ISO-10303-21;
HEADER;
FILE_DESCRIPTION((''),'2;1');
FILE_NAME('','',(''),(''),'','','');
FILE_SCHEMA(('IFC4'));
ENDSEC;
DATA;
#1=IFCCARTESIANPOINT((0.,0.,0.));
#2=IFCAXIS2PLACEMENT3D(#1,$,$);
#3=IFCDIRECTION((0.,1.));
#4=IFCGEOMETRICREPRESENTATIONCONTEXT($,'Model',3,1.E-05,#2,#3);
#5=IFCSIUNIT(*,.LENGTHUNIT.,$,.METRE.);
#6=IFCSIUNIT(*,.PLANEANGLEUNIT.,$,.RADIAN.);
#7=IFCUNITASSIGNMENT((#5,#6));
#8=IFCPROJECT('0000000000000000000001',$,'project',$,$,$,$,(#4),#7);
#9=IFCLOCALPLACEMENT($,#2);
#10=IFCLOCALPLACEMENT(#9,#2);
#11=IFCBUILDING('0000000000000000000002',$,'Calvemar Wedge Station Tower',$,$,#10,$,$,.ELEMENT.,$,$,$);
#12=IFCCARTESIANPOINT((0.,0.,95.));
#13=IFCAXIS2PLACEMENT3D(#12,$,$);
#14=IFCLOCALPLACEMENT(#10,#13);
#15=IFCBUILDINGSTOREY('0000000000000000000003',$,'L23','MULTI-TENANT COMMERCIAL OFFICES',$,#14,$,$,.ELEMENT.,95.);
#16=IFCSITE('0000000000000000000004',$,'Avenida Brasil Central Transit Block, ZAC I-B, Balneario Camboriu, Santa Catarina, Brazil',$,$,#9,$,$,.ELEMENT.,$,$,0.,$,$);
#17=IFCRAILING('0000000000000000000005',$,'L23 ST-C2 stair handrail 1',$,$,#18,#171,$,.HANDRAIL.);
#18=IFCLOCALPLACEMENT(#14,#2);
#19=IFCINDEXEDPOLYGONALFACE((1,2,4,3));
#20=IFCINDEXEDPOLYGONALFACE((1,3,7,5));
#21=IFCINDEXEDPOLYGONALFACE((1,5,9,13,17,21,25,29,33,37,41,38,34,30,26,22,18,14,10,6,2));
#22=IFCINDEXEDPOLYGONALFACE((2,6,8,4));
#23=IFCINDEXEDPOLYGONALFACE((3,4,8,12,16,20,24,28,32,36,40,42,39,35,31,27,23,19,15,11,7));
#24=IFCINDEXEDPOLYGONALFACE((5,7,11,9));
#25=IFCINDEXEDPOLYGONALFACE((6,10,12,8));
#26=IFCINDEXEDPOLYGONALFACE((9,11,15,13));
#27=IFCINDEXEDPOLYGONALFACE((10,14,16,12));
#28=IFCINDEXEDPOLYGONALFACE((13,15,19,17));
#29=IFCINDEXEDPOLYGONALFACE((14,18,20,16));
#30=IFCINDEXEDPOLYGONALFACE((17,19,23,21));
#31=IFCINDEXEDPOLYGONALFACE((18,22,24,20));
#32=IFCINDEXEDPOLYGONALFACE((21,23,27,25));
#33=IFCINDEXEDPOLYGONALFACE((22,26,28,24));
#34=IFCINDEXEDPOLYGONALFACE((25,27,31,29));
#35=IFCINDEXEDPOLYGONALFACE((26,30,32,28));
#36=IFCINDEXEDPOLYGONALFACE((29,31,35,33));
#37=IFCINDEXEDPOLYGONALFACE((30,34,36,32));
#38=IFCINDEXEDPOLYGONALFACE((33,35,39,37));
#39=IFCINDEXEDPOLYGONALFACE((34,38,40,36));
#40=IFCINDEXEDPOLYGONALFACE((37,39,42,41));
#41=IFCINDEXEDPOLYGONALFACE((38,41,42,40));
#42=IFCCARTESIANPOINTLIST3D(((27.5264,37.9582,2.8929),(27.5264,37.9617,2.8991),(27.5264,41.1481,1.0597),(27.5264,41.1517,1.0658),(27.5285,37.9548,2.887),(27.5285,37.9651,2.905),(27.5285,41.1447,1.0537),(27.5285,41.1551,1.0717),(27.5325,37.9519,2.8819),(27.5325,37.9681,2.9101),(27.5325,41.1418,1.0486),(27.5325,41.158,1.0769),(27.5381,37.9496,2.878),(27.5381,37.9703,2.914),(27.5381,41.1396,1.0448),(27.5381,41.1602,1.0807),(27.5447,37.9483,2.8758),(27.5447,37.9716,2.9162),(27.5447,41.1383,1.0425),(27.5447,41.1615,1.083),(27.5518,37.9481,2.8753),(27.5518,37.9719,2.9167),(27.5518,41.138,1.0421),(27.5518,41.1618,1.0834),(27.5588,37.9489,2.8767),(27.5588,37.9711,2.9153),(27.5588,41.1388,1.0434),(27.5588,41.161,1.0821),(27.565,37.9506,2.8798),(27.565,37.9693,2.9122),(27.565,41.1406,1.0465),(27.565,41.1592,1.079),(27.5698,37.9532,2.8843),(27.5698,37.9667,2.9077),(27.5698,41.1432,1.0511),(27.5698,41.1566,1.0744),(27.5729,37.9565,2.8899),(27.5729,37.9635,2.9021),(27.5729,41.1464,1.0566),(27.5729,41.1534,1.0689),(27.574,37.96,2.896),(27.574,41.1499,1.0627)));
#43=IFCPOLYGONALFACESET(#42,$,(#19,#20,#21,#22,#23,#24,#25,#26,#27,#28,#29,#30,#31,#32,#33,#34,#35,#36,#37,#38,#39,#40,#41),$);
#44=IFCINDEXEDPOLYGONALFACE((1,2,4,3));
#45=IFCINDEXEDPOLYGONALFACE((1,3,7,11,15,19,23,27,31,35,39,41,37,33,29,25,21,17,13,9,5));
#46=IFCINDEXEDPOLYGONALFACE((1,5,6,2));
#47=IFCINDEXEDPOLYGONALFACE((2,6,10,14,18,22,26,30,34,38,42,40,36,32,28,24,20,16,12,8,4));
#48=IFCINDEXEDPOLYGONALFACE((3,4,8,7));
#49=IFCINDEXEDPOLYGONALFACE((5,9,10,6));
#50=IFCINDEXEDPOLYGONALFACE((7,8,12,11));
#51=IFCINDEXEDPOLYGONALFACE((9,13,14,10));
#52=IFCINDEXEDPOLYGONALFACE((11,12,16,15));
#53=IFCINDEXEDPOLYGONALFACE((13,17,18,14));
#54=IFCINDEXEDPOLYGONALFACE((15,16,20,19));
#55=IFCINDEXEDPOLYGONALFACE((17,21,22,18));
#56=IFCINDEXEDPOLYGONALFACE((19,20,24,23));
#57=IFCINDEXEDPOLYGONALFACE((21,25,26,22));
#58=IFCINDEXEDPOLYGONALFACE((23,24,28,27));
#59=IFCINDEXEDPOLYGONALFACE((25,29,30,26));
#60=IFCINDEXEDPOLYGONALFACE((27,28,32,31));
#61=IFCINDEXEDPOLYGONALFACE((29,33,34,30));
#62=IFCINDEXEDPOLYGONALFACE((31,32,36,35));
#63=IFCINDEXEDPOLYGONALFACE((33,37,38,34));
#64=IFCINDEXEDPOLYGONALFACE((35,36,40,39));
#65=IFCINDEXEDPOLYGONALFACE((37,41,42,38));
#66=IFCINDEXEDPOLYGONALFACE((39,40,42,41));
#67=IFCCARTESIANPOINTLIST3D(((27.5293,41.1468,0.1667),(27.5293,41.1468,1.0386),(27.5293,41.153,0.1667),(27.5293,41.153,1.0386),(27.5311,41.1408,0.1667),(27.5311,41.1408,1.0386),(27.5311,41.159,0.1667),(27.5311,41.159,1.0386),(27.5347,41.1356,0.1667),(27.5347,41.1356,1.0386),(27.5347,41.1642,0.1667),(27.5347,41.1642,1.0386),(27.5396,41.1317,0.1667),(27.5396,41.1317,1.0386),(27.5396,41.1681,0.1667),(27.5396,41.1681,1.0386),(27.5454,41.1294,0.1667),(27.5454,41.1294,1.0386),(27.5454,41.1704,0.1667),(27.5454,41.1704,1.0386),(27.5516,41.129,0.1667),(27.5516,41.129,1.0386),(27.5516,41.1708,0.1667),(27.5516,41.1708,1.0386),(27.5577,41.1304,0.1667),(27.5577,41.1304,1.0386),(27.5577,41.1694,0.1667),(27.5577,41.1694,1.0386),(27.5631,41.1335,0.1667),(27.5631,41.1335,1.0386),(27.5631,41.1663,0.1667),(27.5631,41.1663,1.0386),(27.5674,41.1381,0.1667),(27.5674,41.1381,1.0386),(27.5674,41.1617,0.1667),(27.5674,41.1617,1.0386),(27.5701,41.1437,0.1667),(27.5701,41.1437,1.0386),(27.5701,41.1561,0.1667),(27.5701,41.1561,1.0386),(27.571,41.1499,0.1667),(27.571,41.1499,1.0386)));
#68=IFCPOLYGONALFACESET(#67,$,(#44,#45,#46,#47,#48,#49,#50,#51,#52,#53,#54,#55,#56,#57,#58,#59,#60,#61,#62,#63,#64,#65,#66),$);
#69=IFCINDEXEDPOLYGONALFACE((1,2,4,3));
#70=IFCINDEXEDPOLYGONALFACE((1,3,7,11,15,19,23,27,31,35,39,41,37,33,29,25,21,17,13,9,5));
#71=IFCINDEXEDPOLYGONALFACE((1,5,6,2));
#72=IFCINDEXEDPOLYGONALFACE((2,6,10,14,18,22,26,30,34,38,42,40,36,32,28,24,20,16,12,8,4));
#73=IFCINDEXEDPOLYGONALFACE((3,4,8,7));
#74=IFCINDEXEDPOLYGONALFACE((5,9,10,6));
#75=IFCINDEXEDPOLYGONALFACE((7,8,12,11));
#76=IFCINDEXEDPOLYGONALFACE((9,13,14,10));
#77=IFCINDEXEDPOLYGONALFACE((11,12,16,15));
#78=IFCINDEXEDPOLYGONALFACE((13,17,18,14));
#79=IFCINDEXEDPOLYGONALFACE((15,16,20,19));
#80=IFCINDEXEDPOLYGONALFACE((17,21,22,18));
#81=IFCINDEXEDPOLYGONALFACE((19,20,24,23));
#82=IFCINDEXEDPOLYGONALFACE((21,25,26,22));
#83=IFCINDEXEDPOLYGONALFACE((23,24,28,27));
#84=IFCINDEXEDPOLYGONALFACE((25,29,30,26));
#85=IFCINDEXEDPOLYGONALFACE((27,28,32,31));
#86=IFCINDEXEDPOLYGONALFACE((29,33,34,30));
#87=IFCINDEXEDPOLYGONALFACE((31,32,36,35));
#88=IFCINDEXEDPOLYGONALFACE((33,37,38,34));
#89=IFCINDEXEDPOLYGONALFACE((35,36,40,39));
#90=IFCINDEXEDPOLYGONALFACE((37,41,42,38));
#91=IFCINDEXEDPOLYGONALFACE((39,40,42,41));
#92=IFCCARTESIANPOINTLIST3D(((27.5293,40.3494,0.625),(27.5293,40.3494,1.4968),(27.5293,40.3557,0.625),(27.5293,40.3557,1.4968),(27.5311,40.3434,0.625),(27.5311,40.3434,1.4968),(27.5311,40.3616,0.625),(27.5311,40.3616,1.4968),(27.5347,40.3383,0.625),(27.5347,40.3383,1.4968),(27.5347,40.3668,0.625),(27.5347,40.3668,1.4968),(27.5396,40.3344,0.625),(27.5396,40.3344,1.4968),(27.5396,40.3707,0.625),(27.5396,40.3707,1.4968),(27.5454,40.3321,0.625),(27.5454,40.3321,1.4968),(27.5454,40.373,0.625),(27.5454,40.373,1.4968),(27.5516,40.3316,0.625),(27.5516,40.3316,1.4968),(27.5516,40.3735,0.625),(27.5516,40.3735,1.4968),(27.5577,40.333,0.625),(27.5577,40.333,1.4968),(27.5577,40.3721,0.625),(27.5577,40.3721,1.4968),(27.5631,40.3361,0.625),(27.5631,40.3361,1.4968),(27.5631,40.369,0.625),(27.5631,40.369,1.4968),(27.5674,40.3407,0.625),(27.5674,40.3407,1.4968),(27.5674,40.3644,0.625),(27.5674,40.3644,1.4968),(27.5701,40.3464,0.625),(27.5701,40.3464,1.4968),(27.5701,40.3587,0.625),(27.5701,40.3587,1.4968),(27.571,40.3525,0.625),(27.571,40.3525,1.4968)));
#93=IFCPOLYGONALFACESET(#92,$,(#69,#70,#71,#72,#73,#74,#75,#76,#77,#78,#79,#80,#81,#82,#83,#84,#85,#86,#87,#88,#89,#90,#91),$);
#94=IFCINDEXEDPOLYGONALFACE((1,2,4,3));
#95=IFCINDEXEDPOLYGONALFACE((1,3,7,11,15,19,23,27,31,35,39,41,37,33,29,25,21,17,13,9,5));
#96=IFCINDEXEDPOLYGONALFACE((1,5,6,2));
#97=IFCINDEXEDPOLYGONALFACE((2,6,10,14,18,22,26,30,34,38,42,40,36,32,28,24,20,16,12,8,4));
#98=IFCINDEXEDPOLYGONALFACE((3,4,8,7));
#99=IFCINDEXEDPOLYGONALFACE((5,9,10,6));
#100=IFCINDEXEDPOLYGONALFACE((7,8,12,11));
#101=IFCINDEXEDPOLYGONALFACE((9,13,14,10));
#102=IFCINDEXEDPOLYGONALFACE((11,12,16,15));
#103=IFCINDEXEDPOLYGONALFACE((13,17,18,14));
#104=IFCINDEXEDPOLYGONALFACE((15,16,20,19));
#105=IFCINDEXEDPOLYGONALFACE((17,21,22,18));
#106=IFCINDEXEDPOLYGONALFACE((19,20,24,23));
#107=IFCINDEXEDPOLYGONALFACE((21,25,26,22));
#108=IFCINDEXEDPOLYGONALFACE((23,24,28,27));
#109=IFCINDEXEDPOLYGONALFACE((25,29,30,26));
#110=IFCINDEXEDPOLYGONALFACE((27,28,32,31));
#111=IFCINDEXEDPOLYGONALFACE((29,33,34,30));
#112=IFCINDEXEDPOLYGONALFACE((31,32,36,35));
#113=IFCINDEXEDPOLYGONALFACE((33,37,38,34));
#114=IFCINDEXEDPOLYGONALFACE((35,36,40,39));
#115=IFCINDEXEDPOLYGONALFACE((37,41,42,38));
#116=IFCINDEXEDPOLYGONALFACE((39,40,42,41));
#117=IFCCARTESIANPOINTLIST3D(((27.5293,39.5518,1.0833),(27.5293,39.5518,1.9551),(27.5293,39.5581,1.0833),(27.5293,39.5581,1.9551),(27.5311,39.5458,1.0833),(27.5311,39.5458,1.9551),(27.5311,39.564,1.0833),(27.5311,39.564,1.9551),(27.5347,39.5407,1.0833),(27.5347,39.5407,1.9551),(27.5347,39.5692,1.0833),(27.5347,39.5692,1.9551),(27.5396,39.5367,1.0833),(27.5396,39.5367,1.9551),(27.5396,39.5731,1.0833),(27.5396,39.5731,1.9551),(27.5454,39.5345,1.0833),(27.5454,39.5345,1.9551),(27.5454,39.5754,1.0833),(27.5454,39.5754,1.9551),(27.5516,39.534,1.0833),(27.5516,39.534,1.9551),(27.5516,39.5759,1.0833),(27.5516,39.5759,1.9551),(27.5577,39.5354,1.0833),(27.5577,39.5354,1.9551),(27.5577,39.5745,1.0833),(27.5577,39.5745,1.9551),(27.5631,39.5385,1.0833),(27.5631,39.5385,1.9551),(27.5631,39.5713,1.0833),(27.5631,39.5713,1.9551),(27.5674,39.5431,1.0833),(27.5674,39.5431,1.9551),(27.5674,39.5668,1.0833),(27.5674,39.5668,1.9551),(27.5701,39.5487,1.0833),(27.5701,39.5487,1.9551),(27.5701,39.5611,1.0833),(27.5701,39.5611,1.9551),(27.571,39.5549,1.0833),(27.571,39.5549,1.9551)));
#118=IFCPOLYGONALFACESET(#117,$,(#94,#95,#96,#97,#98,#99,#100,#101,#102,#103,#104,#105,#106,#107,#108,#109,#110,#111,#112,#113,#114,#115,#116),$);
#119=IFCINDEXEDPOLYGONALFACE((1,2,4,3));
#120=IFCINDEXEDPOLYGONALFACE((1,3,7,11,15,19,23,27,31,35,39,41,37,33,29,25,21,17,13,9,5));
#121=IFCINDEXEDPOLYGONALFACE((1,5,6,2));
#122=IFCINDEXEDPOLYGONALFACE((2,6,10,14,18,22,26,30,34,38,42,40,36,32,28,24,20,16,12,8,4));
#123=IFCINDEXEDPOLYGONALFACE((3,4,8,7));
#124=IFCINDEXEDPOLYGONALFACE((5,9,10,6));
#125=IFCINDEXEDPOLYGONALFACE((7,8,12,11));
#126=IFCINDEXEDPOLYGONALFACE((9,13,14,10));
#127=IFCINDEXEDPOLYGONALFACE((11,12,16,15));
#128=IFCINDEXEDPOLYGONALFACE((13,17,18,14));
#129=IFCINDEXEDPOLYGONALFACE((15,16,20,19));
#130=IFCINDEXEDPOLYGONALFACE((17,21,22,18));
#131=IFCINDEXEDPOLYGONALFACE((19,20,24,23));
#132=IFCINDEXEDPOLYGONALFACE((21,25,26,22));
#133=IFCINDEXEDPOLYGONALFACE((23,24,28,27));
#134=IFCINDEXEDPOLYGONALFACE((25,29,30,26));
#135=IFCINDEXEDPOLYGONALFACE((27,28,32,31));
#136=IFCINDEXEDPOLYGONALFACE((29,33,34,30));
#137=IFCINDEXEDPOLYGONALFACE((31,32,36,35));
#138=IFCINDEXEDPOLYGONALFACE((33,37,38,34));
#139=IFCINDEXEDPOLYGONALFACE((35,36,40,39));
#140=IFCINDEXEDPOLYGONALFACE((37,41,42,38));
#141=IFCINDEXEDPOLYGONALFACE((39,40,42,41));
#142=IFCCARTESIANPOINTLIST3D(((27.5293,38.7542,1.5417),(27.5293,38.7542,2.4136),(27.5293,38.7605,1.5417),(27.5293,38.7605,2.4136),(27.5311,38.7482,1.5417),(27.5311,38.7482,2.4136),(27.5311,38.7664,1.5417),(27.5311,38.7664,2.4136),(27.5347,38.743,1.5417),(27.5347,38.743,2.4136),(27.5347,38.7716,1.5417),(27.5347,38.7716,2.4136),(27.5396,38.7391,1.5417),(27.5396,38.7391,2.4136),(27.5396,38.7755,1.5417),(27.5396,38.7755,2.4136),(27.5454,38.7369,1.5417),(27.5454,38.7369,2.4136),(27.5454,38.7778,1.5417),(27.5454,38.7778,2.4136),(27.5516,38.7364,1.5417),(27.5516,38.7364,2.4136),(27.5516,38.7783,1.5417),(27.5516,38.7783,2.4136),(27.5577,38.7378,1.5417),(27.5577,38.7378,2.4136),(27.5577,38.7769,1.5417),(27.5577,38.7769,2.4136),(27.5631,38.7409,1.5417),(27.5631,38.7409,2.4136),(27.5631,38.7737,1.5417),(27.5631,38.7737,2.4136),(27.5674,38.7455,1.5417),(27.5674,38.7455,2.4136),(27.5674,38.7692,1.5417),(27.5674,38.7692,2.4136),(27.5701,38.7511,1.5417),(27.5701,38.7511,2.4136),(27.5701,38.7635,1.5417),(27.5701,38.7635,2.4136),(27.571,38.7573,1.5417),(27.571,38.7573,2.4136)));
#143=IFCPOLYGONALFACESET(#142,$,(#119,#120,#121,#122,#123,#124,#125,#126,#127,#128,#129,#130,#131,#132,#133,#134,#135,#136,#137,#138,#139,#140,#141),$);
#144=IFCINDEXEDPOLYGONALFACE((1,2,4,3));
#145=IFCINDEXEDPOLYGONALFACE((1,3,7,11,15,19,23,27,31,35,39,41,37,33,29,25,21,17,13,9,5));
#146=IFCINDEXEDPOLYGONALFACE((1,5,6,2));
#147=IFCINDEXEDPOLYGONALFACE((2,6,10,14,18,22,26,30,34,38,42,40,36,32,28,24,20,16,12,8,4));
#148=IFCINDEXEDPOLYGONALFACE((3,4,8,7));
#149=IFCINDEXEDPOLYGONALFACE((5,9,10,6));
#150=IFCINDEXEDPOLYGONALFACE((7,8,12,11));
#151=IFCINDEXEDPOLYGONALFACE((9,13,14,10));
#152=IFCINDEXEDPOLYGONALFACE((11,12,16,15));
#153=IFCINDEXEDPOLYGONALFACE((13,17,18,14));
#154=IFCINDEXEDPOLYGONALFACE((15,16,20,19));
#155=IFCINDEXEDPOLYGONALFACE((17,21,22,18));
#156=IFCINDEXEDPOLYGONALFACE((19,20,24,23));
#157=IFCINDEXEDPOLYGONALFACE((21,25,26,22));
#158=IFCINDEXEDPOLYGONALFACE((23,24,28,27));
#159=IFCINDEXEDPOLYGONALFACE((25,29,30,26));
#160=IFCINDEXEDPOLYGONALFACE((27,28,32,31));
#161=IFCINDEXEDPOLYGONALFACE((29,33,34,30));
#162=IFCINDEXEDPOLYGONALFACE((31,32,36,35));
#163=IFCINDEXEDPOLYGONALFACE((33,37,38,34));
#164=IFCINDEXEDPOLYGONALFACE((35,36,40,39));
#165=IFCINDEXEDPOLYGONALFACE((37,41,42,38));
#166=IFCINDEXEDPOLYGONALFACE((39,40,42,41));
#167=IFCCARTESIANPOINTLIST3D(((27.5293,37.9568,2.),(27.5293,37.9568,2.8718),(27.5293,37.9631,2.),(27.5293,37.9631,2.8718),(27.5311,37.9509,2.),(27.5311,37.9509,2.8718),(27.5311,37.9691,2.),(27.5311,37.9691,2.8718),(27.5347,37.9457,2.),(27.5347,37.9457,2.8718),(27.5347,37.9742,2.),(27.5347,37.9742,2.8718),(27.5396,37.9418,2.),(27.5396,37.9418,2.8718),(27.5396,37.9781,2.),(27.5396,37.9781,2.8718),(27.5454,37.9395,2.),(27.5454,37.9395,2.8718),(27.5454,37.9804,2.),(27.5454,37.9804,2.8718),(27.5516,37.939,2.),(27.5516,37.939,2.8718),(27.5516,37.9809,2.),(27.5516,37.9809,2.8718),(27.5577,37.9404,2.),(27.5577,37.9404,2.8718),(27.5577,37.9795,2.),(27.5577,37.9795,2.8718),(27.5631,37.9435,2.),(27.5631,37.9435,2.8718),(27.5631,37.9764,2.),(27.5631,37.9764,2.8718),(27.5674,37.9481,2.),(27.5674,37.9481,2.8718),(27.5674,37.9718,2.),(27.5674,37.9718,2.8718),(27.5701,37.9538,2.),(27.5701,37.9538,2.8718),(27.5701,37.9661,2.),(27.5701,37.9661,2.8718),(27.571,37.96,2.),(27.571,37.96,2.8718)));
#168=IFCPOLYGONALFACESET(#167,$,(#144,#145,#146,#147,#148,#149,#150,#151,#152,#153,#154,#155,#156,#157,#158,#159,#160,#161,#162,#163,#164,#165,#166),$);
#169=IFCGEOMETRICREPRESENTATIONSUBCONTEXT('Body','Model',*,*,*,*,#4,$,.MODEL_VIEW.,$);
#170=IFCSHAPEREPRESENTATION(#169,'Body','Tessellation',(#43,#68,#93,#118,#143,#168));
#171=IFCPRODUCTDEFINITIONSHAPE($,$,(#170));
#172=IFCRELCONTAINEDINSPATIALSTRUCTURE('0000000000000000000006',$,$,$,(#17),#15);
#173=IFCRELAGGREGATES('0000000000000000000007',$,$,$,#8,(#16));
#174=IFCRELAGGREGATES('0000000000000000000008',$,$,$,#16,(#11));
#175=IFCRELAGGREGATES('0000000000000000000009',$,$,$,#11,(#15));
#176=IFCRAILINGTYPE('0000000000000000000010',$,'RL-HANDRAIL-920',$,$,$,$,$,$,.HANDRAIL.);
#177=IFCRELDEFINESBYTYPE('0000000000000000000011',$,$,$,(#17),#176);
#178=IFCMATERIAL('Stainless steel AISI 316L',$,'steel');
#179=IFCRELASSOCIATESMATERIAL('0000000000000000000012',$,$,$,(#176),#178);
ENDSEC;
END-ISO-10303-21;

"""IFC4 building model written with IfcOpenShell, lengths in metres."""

from ifc_helpers import new_model, si_unit, direction, frame, origin, origin_2d, place, context, subcontext, project, spatial, circle, extrude, material, type_object, element, save


model = new_model("IFC4")

# Units and contexts
model_context = context("Model", 3, precision=1e-05, world=origin(), true_north=direction((0.0, 1.0)))
body_context = subcontext(model_context, "Body", "Model", "MODEL_VIEW")
ifc_project = project(units=[si_unit("LENGTHUNIT", "METRE"), si_unit("PLANEANGLEUNIT", "RADIAN")], contexts=[model_context])

# Site, building, storey
site_placement = place(None, origin())
site = spatial("IfcSite", under=ifc_project, at=site_placement, Name="Avenida Brasil Central Transit Block, ZAC I-B, Balneario Camboriu, Santa Catarina, Brazil", CompositionType="ELEMENT", RefElevation=0.0)
building_placement = place(site_placement, origin())
building = spatial("IfcBuilding", under=site, at=building_placement, Name="Calvemar Wedge Station Tower", CompositionType="ELEMENT")
storey_placement = place(building_placement, frame((0.0, 0.0, 95.0)))
storey = spatial("IfcBuildingStorey", under=building, at=storey_placement, Name="L23", Description="MULTI-TENANT COMMERCIAL OFFICES", CompositionType="ELEMENT", Elevation=95.0)

# Railing
ifc_material_1 = material(Name="Stainless steel AISI 316L", Category="steel")
railing_type_1 = type_object("IfcRailingType", Name="RL-HANDRAIL-920", PredefinedType="HANDRAIL", material=ifc_material_1)
railing_1_placement = place(storey_placement, frame((27.55, 41.1499, 0.1667)))
element("IfcRailing", 1, at=railing_1_placement, inside=storey, type_object=railing_type_1, Name="L23 ST-C2 stair handrail 1", PredefinedType="HANDRAIL", context=body_context, shape_type="SweptSolid", body=[
    extrude(circle(Radius=0.0239, at=origin_2d()), frame((0.0, 0.0, 0.896), z_axis=(0.0, -0.86702, 0.498274), x_axis=(1.0, 0.0, 0.0)), (0.0, 0.0, 1.0), 3.6792),
    extrude(circle(Radius=0.021, at=origin_2d()), origin(), (0.0, 0.0, 1.0), 0.8718),
    extrude(circle(Radius=0.021, at=origin_2d()), frame((0.0, -0.7974, 0.4583)), (0.0, 0.0, 1.0), 0.8718),
    extrude(circle(Radius=0.021, at=origin_2d()), frame((0.0, -1.595, 0.9165)), (0.0, 0.0, 1.0), 0.8718),
    extrude(circle(Radius=0.021, at=origin_2d()), frame((0.0, -2.3926, 1.375)), (0.0, 0.0, 1.0), 0.8718),
    extrude(circle(Radius=0.021, at=origin_2d()), frame((0.0, -3.1899, 1.8333)), (0.0, 0.0, 1.0), 0.8718),
])

save(model, "model.ifc")
